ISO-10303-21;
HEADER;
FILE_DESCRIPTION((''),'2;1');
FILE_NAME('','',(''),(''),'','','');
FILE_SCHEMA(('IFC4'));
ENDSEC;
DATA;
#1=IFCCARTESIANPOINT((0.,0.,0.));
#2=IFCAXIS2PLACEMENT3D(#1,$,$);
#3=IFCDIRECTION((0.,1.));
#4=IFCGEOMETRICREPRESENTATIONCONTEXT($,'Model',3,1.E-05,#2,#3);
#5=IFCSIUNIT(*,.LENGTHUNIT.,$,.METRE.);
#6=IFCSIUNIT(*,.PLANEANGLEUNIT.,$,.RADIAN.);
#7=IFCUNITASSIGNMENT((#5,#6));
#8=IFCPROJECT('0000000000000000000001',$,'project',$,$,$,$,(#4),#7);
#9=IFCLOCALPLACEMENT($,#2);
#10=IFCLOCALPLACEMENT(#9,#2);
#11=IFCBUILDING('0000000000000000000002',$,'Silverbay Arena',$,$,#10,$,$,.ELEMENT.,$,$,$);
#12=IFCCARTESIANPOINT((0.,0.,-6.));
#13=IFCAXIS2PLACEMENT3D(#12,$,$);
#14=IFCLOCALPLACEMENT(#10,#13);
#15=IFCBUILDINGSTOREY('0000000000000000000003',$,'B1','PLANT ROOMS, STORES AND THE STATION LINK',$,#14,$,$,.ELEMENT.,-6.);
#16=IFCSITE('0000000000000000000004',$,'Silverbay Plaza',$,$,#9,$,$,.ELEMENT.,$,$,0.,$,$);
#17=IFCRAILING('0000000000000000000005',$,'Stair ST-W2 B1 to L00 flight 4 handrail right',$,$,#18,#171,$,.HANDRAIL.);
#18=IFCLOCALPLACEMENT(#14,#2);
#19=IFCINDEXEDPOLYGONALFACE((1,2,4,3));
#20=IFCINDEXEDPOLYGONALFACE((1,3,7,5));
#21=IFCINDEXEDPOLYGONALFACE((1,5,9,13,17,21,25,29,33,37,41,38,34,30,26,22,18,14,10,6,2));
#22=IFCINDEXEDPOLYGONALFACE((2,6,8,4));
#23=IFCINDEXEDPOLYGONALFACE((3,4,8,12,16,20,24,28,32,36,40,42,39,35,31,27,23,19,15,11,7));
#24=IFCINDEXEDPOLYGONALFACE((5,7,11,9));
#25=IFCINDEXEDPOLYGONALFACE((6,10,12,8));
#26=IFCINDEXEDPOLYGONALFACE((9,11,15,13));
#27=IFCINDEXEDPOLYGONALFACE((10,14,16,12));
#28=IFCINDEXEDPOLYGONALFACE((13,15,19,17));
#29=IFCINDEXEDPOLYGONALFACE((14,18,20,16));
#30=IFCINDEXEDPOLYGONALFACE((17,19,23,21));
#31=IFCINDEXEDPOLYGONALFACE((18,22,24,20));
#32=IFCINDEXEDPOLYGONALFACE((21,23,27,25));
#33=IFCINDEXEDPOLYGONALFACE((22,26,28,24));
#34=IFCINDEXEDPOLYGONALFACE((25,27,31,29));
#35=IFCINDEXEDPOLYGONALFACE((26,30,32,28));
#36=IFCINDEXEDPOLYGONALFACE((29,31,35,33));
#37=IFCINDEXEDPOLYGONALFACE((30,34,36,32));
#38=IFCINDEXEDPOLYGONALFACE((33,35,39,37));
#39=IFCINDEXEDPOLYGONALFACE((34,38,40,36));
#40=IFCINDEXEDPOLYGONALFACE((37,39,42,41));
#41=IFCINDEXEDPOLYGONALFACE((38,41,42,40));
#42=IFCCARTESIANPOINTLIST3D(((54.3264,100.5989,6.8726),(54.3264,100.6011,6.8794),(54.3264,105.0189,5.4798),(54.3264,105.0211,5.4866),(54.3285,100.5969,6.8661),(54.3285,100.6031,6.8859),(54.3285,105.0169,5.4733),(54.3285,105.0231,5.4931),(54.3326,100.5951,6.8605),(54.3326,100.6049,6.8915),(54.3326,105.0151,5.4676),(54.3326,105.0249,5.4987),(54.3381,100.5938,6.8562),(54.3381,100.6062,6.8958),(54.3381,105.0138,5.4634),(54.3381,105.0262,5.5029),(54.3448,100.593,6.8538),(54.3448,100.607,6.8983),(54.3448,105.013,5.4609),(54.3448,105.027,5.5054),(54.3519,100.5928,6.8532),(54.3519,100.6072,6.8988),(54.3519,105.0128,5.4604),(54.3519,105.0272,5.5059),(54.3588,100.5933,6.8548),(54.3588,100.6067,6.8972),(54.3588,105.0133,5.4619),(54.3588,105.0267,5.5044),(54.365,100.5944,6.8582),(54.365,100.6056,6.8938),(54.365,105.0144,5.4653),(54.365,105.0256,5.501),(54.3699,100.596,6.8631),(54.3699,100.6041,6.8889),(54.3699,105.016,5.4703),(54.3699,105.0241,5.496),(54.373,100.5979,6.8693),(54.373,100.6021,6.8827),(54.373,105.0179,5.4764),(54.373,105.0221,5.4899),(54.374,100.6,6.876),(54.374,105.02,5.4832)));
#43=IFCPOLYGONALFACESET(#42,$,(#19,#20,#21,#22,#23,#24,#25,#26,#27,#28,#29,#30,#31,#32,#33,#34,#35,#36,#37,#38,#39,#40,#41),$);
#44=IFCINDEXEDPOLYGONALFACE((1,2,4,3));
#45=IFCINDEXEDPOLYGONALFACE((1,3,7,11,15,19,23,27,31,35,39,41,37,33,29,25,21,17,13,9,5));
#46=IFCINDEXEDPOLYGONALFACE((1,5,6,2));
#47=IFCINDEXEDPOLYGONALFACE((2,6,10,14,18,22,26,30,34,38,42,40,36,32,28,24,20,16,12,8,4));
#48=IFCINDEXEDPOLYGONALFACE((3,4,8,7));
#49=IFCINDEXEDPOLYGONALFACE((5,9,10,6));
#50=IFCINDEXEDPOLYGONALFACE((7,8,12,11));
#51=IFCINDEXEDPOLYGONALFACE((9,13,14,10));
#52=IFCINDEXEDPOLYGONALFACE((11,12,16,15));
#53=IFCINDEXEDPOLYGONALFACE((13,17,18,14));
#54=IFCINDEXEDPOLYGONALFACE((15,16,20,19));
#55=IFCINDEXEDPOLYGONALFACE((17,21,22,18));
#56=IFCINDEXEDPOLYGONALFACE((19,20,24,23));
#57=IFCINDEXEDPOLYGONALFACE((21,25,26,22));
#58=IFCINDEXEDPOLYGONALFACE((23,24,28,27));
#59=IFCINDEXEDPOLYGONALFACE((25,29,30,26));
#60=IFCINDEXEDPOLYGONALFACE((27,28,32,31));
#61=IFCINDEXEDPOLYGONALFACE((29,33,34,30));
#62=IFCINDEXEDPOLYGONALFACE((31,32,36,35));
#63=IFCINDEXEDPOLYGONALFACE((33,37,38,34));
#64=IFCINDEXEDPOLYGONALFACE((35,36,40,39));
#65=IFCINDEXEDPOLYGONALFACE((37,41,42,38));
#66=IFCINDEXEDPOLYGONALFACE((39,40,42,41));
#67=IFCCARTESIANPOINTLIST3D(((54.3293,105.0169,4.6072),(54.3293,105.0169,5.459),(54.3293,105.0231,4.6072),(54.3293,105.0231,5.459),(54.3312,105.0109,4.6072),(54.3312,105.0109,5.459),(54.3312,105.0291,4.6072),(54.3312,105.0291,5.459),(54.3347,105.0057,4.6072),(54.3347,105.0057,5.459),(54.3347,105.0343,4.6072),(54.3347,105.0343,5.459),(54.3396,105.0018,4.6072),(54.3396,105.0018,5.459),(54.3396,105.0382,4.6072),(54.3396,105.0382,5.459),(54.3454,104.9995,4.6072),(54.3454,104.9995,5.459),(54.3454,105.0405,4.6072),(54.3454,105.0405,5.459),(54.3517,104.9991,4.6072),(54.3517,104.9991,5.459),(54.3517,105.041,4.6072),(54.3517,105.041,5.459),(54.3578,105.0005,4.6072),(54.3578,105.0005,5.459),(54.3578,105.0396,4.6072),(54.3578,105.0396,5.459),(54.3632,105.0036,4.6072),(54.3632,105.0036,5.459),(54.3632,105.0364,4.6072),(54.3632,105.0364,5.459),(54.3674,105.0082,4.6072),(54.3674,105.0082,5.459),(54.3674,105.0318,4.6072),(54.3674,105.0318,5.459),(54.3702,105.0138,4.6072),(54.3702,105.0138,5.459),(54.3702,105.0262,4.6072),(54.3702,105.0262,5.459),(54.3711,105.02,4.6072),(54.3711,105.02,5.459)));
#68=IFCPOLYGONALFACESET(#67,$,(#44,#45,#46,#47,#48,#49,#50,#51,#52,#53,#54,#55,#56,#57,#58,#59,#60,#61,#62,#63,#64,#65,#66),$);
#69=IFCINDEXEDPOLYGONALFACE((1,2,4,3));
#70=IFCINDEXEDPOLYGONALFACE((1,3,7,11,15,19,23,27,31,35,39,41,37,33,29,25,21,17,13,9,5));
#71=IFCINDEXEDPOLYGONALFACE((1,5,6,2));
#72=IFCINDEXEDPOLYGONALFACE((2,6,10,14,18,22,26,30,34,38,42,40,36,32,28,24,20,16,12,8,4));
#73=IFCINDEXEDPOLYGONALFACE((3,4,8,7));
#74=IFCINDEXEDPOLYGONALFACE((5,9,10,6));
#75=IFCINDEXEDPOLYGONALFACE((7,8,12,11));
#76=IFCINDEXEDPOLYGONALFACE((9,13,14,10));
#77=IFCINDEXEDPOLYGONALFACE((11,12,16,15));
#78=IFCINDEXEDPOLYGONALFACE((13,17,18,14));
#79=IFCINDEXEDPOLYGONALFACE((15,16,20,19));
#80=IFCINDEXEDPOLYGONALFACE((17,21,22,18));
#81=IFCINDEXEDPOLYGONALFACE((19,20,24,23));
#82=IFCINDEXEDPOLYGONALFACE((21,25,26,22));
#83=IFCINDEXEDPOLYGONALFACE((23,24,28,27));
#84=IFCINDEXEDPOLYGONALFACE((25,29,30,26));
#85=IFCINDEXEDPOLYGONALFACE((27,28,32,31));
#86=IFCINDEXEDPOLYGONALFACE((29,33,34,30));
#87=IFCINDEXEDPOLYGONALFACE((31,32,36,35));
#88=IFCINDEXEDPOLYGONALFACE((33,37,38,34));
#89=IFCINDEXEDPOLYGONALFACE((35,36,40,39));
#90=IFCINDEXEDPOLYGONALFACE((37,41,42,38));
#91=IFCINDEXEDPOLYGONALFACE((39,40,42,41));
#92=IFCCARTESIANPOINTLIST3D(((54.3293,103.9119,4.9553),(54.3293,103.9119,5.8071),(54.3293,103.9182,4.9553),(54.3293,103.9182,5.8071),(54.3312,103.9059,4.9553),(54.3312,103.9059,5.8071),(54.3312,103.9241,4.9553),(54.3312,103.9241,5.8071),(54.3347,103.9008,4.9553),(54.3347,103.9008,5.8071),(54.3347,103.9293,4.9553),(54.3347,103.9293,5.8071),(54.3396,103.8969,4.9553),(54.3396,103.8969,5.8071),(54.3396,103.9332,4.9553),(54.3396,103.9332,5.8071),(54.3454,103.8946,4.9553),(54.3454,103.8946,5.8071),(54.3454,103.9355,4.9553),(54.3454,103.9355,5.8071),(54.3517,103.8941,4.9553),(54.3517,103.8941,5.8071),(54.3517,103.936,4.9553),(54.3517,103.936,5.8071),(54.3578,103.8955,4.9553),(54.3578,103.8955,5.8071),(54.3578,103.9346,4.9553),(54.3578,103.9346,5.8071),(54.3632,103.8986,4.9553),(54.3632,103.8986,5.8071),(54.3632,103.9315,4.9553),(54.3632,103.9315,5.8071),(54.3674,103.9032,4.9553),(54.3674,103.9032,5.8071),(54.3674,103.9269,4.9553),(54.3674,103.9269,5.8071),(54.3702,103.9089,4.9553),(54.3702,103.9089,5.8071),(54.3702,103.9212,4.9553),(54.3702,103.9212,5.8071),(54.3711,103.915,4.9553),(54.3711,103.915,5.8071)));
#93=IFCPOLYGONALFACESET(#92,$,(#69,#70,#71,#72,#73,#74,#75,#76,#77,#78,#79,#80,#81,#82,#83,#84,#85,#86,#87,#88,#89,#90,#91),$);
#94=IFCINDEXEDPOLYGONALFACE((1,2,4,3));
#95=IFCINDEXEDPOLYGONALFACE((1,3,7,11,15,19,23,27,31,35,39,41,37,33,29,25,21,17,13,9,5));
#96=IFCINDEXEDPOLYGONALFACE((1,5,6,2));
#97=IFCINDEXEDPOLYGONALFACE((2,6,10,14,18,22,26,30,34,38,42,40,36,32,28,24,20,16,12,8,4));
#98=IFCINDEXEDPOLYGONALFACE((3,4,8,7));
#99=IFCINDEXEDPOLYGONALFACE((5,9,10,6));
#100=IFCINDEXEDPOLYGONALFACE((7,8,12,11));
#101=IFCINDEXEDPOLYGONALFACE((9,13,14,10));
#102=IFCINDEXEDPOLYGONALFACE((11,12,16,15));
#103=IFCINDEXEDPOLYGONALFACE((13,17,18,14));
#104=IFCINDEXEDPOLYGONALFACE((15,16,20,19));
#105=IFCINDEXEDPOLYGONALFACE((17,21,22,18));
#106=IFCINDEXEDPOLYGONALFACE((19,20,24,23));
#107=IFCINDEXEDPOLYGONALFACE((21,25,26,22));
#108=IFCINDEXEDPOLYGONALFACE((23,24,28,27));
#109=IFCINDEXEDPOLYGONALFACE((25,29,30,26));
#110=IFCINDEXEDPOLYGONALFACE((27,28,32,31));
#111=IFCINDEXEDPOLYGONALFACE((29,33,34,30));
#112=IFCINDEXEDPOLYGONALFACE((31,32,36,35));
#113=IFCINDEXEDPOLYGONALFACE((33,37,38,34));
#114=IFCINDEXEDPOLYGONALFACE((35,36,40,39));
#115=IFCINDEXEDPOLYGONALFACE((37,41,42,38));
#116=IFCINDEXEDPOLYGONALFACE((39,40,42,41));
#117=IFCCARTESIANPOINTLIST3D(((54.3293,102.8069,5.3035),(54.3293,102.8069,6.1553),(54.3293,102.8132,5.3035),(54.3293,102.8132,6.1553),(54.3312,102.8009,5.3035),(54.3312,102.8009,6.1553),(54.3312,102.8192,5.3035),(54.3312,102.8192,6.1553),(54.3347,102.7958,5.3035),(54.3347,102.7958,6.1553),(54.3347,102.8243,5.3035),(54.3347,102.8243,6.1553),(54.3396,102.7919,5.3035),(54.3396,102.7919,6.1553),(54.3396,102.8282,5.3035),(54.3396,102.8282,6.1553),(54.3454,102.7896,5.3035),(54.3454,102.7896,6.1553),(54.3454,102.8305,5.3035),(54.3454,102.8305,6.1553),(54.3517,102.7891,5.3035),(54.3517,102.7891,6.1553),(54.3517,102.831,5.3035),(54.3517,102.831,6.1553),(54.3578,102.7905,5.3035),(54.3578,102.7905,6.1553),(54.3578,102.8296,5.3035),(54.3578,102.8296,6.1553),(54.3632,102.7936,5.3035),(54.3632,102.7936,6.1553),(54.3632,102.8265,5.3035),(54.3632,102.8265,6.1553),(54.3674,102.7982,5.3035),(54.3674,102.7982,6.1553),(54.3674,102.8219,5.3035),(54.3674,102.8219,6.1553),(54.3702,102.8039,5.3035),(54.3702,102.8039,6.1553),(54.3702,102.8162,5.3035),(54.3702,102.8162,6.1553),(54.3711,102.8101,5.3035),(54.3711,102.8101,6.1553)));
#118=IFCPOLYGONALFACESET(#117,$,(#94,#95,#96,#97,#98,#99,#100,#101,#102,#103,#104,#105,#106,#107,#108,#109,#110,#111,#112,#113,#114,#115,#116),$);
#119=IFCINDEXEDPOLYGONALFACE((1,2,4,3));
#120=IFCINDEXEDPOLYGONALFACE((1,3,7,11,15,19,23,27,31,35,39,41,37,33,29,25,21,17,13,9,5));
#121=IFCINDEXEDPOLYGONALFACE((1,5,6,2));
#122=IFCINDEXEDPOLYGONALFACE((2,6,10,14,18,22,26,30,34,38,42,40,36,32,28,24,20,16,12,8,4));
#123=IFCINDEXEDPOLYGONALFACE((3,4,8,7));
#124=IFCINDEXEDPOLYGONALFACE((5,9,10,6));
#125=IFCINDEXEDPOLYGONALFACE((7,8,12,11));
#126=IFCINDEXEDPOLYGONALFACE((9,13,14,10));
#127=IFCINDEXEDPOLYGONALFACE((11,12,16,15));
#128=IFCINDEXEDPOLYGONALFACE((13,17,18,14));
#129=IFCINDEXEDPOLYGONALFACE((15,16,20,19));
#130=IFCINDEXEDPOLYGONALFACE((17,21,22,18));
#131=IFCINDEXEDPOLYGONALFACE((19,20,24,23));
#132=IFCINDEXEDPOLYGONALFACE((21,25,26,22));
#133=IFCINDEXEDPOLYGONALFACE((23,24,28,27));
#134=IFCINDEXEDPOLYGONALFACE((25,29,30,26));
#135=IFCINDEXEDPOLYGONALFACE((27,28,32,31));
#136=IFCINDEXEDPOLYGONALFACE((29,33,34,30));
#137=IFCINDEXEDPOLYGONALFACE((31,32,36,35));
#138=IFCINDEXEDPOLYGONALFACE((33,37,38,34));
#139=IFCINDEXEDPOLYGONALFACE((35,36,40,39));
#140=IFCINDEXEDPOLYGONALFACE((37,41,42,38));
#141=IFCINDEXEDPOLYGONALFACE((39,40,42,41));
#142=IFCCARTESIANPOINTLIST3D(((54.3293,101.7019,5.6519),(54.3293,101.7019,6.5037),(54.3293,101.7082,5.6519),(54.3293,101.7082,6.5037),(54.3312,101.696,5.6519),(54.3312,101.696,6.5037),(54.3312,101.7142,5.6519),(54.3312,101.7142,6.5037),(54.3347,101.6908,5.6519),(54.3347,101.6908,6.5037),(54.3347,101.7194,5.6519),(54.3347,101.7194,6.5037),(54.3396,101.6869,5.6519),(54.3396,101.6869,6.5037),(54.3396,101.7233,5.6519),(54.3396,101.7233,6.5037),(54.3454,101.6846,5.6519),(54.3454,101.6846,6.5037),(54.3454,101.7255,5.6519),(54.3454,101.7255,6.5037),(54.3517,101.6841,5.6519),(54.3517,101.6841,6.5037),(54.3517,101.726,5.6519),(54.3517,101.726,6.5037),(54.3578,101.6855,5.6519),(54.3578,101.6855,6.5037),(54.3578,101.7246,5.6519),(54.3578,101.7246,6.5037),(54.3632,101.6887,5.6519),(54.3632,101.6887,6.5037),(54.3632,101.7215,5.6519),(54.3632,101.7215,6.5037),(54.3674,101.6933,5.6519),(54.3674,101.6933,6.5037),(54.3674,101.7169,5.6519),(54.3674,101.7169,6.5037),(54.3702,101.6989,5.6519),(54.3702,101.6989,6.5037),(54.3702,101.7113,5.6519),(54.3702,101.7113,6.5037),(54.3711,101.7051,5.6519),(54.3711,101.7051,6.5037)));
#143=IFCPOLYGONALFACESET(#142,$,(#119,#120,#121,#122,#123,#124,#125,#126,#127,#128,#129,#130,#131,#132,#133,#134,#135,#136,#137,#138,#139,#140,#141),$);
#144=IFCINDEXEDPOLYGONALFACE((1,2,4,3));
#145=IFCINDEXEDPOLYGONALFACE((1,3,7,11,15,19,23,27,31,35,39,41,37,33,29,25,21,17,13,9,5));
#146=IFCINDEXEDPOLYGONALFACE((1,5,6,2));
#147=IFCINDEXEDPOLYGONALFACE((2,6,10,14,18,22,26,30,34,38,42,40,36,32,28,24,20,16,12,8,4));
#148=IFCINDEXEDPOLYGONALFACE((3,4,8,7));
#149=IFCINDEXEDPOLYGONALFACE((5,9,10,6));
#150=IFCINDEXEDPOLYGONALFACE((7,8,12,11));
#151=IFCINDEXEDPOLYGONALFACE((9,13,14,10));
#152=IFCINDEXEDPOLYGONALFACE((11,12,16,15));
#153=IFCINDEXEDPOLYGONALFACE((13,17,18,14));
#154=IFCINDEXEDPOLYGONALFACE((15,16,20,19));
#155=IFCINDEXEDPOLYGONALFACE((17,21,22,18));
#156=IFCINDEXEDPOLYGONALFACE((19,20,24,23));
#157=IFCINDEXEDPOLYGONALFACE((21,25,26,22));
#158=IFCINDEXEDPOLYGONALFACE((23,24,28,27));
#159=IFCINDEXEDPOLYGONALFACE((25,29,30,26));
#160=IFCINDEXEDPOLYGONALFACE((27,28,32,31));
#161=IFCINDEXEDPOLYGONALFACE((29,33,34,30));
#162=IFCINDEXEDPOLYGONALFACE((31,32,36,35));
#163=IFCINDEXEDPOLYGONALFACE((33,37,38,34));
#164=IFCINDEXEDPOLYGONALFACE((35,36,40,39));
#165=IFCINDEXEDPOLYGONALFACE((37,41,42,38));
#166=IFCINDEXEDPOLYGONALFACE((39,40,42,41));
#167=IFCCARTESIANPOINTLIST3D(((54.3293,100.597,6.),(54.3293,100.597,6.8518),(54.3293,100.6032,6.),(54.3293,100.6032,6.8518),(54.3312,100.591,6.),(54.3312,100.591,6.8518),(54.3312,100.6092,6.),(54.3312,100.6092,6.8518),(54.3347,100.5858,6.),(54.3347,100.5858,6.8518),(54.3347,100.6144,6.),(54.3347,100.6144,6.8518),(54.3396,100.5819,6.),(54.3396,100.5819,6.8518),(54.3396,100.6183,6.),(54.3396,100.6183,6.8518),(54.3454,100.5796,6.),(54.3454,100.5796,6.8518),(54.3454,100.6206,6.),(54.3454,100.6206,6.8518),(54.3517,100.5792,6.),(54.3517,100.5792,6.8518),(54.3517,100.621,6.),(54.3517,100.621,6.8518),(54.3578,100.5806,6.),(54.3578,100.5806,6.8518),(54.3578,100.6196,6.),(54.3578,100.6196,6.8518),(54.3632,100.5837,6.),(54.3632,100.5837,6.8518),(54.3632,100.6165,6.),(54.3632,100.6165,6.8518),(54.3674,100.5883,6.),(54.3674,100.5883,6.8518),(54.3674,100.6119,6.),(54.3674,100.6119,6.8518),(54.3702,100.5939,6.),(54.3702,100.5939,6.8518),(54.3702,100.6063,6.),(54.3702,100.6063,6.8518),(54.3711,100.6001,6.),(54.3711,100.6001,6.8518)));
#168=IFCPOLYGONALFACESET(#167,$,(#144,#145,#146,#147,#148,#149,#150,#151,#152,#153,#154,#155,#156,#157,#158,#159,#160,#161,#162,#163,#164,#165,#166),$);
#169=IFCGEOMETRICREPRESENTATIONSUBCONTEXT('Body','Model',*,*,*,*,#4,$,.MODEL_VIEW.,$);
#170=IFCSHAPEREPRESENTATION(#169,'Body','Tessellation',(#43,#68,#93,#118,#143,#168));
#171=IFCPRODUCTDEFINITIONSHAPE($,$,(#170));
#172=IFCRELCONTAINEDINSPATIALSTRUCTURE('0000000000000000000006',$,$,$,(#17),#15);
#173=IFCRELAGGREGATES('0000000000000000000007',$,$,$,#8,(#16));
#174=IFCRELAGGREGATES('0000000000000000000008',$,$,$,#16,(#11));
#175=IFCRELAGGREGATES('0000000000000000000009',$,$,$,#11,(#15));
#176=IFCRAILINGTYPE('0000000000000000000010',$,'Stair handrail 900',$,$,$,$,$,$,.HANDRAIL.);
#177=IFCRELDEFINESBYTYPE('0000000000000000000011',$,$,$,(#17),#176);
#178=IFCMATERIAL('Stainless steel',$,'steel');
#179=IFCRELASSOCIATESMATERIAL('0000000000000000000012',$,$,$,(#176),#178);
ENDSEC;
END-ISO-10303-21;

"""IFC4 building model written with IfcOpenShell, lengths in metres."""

from ifc_helpers import new_model, si_unit, direction, frame, origin, origin_2d, place, context, subcontext, project, spatial, circle, extrude, material, type_object, element, save


model = new_model("IFC4")

# Units and contexts
model_context = context("Model", 3, precision=1e-05, world=origin(), true_north=direction((0.0, 1.0)))
body_context = subcontext(model_context, "Body", "Model", "MODEL_VIEW")
ifc_project = project(units=[si_unit("LENGTHUNIT", "METRE"), si_unit("PLANEANGLEUNIT", "RADIAN")], contexts=[model_context])

# Site, building, storey
site_placement = place(None, origin())
site = spatial("IfcSite", under=ifc_project, at=site_placement, Name="Silverbay Plaza", CompositionType="ELEMENT", RefElevation=0.0)
building_placement = place(site_placement, origin())
building = spatial("IfcBuilding", under=site, at=building_placement, Name="Silverbay Arena", CompositionType="ELEMENT")
storey_placement = place(building_placement, frame((0.0, 0.0, -6.0)))
storey = spatial("IfcBuildingStorey", under=building, at=storey_placement, Name="B1", Description="PLANT ROOMS, STORES AND THE STATION LINK", CompositionType="ELEMENT", Elevation=-6.0)

# Railing
ifc_material_1 = material(Name="Stainless steel", Category="steel")
railing_type_1 = type_object("IfcRailingType", Name="Stair handrail 900", PredefinedType="HANDRAIL", material=ifc_material_1)
for number, where, name in (
    (1, (54.3501, 105.02, 4.6072), "Stair ST-W2 B1 to L00 flight 4 handrail right"),
):
    element("IfcRailing", number, at=place(storey_placement, frame(where)), inside=storey, type_object=railing_type_1, Name=name, PredefinedType="HANDRAIL", context=body_context, shape_type="SweptSolid", body=[
        extrude(circle(Radius=0.0239, at=origin_2d()), frame((0.0, 0.0, 0.876), z_axis=(0.0, -0.953765, 0.300554), x_axis=(1.0, 0.0, 0.0)), (0.0, 0.0, 1.0), 4.6343),
        extrude(circle(Radius=0.021, at=origin_2d()), origin(), (0.0, 0.0, 1.0), 0.8518),
        extrude(circle(Radius=0.021, at=origin_2d()), frame((0.0, -1.105, 0.3481)), (0.0, 0.0, 1.0), 0.8518),
        extrude(circle(Radius=0.021, at=origin_2d()), frame((0.0, -2.21, 0.6963)), (0.0, 0.0, 1.0), 0.8518),
        extrude(circle(Radius=0.021, at=origin_2d()), frame((0.0, -3.3149, 1.0447)), (0.0, 0.0, 1.0), 0.8518),
        extrude(circle(Radius=0.021, at=origin_2d()), frame((0.0, -4.4199, 1.3928)), (0.0, 0.0, 1.0), 0.8518),
    ])

save(model, "model.ifc")
